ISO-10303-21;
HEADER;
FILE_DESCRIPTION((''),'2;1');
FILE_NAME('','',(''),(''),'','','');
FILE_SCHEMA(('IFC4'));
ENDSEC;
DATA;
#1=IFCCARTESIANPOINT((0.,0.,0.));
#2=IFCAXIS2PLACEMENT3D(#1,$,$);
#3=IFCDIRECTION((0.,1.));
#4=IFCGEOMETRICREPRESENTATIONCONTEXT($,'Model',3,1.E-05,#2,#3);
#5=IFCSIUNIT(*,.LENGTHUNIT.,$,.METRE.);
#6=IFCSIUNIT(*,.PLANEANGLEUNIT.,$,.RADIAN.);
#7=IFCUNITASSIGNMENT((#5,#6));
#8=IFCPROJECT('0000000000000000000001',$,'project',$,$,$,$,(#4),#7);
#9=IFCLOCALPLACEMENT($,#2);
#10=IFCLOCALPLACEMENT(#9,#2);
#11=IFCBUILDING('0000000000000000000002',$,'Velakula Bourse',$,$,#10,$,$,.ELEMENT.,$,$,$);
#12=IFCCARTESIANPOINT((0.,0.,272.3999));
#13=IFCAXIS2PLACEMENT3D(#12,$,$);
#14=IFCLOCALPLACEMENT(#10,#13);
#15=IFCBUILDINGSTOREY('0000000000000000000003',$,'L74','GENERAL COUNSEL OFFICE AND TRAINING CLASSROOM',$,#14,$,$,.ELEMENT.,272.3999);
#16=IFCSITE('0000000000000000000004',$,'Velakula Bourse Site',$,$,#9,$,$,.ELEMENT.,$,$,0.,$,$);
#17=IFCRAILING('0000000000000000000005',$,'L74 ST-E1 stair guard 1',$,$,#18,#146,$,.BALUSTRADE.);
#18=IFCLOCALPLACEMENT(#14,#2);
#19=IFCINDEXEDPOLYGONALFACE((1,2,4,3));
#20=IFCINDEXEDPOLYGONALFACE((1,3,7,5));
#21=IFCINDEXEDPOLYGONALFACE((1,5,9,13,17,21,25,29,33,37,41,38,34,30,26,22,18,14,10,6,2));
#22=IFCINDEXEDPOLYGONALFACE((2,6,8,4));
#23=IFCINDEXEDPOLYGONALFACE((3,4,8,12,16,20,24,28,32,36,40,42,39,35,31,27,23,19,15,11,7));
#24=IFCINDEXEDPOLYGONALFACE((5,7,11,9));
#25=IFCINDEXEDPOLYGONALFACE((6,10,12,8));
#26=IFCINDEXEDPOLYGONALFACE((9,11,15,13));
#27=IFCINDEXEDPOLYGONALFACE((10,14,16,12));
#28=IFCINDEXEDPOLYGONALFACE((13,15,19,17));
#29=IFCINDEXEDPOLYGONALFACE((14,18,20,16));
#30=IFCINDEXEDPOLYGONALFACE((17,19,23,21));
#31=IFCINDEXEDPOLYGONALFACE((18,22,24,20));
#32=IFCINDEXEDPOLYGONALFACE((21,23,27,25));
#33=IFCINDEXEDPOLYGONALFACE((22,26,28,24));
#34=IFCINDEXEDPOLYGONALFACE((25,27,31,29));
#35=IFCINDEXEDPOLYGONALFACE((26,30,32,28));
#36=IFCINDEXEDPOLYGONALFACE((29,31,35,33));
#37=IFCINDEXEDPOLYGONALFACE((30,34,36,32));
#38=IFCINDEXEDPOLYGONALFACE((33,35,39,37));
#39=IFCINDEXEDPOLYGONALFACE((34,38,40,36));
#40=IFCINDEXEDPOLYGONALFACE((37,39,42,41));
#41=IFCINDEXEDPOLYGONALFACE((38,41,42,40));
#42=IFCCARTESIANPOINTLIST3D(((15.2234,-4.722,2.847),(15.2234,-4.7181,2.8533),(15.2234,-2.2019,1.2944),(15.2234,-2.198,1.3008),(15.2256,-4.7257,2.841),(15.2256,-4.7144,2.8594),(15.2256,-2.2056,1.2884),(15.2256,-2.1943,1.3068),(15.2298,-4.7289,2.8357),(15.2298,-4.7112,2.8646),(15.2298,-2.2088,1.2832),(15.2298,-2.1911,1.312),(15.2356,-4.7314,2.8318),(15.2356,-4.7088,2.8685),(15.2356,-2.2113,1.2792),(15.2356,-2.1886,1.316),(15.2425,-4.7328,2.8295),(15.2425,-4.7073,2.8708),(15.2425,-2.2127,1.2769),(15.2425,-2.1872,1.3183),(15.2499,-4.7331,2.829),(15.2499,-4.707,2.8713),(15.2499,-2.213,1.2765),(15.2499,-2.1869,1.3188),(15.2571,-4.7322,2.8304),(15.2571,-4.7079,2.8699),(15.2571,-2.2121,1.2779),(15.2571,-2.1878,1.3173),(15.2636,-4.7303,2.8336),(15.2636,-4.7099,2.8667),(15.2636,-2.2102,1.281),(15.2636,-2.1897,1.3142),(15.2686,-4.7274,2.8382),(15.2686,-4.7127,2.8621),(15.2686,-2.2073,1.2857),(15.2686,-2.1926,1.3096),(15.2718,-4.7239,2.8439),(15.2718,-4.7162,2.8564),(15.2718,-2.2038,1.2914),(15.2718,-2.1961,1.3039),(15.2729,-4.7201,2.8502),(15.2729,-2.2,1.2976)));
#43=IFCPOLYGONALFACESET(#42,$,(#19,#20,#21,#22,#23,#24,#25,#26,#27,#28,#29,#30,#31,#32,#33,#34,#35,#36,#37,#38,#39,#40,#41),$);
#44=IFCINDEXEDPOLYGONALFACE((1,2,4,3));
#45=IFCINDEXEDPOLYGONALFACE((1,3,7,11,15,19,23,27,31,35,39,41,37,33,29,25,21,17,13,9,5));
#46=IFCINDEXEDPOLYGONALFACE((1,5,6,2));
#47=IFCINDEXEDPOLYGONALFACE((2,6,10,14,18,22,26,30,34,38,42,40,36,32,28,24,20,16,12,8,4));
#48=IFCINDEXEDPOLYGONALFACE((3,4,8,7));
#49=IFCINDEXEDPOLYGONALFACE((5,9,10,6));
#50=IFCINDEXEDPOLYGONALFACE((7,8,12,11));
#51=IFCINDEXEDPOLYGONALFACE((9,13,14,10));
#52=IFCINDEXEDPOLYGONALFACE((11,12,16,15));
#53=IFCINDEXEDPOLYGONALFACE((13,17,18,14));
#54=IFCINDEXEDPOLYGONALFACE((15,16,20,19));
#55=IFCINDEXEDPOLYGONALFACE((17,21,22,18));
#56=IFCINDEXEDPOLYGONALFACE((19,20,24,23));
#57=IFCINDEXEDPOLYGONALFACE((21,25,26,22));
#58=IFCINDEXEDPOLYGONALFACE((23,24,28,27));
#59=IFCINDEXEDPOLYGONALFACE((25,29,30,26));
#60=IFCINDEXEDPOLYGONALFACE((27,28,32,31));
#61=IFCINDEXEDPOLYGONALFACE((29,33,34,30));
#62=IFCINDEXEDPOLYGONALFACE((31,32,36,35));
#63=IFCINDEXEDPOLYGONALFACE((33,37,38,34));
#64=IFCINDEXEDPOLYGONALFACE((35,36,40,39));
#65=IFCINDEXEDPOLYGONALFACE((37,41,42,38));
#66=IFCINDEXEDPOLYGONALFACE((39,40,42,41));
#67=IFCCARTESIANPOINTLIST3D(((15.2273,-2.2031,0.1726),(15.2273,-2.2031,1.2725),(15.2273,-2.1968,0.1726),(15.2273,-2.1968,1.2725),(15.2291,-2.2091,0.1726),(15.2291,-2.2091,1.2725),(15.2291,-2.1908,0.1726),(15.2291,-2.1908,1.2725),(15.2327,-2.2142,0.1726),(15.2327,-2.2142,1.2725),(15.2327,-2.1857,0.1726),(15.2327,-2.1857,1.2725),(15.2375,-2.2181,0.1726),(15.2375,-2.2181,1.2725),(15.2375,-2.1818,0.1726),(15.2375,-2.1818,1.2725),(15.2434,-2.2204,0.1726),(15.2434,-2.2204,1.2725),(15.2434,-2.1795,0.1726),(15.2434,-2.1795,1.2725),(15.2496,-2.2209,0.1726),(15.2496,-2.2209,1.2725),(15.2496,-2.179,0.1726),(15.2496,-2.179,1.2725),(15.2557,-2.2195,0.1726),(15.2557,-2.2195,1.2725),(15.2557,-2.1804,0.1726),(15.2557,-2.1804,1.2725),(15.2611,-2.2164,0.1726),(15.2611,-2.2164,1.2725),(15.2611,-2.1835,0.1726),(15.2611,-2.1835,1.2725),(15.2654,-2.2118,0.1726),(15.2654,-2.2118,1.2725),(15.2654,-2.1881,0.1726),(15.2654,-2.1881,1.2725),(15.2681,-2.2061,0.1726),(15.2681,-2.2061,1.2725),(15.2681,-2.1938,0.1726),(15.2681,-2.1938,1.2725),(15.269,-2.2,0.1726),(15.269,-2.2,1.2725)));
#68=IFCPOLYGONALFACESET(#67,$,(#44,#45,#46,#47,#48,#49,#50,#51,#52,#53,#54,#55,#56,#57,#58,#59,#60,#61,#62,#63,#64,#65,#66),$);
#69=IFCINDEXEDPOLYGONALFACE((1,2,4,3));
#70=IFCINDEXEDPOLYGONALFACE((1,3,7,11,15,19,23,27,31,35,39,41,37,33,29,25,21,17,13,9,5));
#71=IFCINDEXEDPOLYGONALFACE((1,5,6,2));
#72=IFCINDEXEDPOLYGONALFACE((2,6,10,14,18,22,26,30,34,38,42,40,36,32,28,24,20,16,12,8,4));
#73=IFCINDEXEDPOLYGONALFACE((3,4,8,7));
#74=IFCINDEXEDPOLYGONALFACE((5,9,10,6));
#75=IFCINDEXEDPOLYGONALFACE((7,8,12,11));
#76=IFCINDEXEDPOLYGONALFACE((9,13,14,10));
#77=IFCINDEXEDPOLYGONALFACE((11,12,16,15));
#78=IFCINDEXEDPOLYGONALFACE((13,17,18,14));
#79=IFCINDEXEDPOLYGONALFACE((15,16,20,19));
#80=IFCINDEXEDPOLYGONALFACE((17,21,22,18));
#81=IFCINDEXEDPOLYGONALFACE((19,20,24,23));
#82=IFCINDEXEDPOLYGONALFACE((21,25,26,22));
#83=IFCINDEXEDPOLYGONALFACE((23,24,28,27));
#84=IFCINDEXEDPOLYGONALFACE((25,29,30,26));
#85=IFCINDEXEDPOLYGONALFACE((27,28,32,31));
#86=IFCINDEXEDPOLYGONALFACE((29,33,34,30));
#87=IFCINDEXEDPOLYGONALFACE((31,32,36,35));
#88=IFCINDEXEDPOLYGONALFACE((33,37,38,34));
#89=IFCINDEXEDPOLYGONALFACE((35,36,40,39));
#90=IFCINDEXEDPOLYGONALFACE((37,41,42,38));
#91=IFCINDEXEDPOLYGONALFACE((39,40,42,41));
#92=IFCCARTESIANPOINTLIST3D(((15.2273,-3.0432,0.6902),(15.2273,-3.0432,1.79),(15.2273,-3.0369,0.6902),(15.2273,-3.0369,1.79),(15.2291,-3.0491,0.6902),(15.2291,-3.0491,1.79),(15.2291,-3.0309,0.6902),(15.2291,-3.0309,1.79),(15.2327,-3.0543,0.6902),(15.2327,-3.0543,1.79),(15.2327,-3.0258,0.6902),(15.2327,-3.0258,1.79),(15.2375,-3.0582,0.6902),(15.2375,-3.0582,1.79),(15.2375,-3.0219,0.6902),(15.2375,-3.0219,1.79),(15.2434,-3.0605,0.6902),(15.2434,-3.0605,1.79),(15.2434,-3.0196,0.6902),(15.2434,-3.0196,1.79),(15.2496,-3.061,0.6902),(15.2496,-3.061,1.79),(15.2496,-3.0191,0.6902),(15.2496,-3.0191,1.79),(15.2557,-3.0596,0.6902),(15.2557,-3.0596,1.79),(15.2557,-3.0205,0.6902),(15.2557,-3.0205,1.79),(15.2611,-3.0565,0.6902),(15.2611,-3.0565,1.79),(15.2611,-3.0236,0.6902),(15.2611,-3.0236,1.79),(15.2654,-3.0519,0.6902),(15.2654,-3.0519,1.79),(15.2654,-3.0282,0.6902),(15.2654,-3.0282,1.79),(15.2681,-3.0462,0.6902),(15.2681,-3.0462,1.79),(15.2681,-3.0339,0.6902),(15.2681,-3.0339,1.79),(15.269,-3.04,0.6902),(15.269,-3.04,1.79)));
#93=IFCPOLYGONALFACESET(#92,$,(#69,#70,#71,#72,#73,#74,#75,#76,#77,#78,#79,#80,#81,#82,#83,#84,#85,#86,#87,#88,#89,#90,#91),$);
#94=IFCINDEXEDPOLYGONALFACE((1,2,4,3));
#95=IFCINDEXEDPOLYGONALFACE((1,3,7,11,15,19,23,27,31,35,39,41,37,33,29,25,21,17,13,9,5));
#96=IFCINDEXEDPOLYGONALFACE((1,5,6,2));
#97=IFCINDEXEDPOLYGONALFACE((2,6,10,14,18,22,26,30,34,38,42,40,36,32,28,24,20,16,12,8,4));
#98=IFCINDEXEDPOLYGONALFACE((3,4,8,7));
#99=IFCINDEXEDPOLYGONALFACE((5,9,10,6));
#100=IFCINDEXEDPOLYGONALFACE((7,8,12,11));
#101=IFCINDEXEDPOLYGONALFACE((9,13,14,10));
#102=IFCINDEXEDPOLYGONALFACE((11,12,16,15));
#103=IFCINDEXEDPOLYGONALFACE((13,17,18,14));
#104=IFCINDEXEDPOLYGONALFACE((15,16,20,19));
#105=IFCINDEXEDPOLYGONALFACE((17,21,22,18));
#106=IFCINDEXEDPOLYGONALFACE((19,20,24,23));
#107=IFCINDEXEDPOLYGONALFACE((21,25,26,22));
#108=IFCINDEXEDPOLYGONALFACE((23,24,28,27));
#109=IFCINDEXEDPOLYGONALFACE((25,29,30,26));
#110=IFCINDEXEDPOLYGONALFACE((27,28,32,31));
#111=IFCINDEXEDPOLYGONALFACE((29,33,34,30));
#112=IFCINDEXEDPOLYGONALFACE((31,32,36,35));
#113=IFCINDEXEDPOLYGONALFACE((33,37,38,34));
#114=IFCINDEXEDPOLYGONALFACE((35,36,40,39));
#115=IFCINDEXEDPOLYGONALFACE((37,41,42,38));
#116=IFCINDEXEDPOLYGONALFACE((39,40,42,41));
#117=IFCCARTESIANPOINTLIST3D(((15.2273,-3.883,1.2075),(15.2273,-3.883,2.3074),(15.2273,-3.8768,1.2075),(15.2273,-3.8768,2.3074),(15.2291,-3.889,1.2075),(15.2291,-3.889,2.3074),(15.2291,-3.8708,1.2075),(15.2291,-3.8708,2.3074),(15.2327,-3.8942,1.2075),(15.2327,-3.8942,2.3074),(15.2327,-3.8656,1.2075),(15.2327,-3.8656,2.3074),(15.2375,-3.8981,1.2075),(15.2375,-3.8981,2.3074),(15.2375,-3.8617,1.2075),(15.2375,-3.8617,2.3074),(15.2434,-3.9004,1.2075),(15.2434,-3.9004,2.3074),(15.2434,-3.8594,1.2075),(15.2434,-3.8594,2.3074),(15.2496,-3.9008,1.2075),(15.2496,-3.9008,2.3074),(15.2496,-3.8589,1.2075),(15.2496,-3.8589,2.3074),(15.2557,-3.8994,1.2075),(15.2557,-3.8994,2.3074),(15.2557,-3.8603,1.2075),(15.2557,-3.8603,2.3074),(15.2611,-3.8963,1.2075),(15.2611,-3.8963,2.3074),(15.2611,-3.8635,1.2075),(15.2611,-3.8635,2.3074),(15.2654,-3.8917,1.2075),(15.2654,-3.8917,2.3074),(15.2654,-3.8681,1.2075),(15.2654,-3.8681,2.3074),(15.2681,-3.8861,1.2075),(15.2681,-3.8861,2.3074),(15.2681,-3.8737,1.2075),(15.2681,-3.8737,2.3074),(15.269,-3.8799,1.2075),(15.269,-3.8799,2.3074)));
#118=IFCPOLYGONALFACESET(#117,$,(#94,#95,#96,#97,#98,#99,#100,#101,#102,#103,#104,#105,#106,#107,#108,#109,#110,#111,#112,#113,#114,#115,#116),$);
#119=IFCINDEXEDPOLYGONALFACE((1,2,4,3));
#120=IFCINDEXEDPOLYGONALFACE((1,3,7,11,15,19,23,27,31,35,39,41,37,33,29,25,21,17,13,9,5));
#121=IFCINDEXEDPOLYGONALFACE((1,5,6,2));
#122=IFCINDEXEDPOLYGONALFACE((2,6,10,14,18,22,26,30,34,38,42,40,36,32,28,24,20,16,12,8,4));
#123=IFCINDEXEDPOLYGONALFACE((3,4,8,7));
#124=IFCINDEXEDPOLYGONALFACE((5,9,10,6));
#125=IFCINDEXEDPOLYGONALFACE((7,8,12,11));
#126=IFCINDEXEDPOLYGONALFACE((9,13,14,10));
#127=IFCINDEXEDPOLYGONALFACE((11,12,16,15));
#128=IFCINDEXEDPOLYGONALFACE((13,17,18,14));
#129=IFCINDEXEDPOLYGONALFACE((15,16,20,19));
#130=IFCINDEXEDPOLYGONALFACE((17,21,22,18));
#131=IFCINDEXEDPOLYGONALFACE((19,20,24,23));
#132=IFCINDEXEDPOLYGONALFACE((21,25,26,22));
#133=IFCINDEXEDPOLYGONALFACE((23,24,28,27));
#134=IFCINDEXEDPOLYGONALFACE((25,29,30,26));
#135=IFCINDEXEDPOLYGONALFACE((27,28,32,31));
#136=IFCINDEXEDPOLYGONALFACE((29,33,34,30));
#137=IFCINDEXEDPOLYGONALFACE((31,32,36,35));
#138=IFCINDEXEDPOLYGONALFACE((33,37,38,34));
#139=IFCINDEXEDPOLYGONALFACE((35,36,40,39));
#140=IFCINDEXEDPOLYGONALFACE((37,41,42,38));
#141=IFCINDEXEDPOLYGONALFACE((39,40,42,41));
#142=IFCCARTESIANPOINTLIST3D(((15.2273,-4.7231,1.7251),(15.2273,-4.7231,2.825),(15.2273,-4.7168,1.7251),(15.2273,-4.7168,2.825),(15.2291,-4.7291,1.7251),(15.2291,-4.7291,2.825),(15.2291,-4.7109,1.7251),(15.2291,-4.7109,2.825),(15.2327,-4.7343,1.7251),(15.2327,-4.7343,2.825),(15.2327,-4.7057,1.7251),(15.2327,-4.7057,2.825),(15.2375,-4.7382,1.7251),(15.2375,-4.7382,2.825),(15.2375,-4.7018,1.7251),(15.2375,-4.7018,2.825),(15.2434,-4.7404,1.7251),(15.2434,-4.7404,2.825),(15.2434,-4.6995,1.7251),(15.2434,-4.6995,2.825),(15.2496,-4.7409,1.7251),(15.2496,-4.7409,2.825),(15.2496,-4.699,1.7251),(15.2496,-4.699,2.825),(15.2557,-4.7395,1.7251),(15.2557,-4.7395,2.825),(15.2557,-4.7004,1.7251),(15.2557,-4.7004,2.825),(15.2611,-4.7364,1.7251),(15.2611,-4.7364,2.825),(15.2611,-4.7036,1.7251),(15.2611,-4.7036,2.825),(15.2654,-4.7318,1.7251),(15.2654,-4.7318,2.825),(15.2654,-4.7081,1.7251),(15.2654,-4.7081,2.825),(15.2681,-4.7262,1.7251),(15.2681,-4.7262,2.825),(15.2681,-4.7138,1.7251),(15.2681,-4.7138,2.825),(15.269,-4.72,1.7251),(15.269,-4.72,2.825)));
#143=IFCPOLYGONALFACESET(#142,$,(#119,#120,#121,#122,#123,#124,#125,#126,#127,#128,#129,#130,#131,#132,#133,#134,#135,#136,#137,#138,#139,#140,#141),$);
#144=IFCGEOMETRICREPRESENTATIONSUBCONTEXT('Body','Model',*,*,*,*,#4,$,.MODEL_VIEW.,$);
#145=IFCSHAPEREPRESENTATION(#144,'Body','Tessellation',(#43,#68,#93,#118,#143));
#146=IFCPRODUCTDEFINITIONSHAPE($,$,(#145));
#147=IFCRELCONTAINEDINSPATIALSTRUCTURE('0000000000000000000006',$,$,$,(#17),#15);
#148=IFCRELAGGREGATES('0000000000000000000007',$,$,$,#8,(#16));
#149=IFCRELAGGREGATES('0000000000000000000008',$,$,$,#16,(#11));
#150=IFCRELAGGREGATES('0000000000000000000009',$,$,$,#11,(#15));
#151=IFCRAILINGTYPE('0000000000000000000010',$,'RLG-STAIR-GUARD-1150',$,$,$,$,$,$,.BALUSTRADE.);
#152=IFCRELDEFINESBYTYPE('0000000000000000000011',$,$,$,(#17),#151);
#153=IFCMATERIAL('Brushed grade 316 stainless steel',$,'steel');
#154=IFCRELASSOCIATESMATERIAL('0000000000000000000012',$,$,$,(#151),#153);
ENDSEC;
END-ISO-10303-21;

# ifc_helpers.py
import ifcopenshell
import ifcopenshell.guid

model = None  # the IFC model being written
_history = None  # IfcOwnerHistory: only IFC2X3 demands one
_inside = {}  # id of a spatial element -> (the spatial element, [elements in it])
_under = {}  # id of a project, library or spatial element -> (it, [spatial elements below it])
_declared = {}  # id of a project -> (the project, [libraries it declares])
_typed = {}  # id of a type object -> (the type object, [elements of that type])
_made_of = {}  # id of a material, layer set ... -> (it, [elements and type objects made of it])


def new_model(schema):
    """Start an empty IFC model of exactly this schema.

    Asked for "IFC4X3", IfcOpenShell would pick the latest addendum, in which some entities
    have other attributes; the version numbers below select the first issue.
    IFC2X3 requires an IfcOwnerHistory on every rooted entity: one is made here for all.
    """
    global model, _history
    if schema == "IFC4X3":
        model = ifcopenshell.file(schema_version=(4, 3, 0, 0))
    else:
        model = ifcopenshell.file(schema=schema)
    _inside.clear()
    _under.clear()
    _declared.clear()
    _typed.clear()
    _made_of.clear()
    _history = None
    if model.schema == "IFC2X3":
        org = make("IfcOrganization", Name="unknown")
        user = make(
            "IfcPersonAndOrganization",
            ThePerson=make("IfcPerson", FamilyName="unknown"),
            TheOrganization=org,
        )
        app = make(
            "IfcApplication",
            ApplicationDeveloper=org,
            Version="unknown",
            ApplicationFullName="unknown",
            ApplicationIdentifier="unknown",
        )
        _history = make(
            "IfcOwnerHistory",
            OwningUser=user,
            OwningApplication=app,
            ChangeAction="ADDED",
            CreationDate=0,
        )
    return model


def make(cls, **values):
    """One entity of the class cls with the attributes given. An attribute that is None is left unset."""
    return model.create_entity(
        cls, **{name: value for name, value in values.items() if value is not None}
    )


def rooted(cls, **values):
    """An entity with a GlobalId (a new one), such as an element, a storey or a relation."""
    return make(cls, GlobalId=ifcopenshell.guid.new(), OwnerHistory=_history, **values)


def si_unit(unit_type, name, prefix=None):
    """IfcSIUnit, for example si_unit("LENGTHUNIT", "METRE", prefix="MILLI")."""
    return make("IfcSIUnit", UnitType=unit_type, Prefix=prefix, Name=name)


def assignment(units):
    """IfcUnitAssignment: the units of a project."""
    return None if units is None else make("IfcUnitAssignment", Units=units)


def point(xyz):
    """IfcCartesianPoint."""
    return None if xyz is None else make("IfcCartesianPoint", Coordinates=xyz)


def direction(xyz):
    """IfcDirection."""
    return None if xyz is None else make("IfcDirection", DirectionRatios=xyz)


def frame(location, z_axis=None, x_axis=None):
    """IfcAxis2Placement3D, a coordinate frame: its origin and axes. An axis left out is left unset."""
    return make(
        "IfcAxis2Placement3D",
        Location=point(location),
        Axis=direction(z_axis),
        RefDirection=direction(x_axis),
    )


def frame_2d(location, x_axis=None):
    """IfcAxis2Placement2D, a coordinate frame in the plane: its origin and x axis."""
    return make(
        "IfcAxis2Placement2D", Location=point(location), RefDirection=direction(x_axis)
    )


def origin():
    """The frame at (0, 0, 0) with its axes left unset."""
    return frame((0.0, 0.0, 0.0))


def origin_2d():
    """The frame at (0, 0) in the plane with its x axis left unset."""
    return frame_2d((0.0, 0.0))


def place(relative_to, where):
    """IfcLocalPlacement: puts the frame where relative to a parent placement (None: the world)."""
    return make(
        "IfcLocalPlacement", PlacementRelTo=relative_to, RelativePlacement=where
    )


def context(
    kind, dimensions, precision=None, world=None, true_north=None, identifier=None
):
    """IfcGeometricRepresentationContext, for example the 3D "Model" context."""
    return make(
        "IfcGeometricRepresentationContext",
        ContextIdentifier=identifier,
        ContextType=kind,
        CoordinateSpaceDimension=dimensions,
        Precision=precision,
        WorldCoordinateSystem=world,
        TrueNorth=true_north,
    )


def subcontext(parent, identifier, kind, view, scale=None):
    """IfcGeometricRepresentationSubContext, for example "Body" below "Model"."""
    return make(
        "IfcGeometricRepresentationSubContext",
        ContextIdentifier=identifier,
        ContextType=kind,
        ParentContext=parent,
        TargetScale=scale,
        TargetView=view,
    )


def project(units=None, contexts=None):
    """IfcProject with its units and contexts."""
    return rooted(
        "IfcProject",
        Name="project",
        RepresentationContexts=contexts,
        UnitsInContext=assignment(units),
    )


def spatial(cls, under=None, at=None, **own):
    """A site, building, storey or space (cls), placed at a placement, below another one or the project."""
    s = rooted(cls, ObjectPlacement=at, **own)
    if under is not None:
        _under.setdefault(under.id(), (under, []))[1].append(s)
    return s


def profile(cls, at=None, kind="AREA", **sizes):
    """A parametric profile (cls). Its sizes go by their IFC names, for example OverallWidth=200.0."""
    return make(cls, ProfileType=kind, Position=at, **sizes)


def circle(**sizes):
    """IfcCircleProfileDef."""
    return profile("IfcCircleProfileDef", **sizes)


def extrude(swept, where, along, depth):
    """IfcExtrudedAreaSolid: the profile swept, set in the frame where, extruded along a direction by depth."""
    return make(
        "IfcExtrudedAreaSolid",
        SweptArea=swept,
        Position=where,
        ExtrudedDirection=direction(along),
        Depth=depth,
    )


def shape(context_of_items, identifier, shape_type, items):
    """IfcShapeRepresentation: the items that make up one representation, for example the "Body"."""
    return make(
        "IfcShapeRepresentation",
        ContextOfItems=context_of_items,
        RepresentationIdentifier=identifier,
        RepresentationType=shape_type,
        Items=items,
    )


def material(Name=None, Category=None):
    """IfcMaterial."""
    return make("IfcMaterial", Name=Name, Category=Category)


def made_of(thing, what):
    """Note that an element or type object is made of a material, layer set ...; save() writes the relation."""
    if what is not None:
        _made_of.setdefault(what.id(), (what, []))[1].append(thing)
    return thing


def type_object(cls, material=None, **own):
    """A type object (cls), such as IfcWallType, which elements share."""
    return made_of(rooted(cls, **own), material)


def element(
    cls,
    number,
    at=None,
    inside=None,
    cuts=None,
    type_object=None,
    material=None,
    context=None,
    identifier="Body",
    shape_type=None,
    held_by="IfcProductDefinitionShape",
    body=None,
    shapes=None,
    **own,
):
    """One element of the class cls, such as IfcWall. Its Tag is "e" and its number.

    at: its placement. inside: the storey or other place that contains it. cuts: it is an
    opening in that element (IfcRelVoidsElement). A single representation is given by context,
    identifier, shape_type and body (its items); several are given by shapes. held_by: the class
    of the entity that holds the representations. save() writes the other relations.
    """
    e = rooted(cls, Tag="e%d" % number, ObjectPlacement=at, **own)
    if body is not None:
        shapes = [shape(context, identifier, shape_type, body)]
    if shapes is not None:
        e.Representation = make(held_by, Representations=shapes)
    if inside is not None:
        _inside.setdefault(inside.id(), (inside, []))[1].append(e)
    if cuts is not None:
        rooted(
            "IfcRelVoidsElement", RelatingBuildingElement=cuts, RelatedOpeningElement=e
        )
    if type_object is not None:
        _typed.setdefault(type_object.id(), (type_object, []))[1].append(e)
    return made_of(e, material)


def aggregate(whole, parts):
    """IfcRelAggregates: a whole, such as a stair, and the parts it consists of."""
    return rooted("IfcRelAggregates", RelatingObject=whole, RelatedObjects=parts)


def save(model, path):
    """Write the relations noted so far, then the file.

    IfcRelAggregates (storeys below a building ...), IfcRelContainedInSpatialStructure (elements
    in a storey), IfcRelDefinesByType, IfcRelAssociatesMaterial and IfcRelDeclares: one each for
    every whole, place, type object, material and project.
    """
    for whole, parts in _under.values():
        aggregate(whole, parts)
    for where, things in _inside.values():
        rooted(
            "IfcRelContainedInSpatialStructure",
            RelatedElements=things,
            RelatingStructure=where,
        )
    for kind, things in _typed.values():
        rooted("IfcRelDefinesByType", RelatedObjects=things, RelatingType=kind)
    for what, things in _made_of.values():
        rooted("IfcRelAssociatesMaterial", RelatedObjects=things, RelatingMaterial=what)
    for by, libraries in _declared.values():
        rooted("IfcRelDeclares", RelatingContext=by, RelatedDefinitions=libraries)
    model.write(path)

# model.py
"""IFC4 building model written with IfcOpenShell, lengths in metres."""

from ifc_helpers import new_model, si_unit, direction, frame, origin, origin_2d, place, context, subcontext, project, spatial, circle, extrude, material, type_object, element, save


model = new_model("IFC4")

# Units and contexts
model_context = context("Model", 3, precision=1e-05, world=origin(), true_north=direction((0.0, 1.0)))
body_context = subcontext(model_context, "Body", "Model", "MODEL_VIEW")
ifc_project = project(units=[si_unit("LENGTHUNIT", "METRE"), si_unit("PLANEANGLEUNIT", "RADIAN")], contexts=[model_context])

# Site, building, storey
site_placement = place(None, origin())
site = spatial("IfcSite", under=ifc_project, at=site_placement, Name="Velakula Bourse Site", CompositionType="ELEMENT", RefElevation=0.0)
building_placement = place(site_placement, origin())
building = spatial("IfcBuilding", under=site, at=building_placement, Name="Velakula Bourse", CompositionType="ELEMENT")
storey_placement = place(building_placement, frame((0.0, 0.0, 272.3999)))
storey = spatial("IfcBuildingStorey", under=building, at=storey_placement, Name="L74", Description="GENERAL COUNSEL OFFICE AND TRAINING CLASSROOM", CompositionType="ELEMENT", Elevation=272.3999)

# Shared definitions
ifc_material_1 = material(Name="Brushed grade 316 stainless steel", Category="steel")

# Railing
railing_type_1 = type_object("IfcRailingType", Name="RLG-STAIR-GUARD-1150", PredefinedType="BALUSTRADE", material=ifc_material_1)
railing_1_placement = place(storey_placement, frame((15.248, -2.2, 0.1726)))
element("IfcRailing", 1, at=railing_1_placement, inside=storey, type_object=railing_type_1, Name="L74 ST-E1 stair guard 1", PredefinedType="BALUSTRADE", context=body_context, shape_type="SweptSolid", body=[
    extrude(circle(Radius=0.0249, at=origin_2d()), frame((0.0, 0.0, 1.125), z_axis=(0.0, -0.8514, 0.524516), x_axis=(1.0, 0.0, 0.0)), (0.0, 0.0, 1.0), 2.96),
    extrude(circle(Radius=0.021, at=origin_2d()), origin(), (0.0, 0.0, 1.0), 1.0999),
    extrude(circle(Radius=0.021, at=origin_2d()), frame((0.0, -0.8401, 0.5176)), (0.0, 0.0, 1.0), 1.0999),
    extrude(circle(Radius=0.021, at=origin_2d()), frame((0.0, -1.6799, 1.0349)), (0.0, 0.0, 1.0), 1.0999),
    extrude(circle(Radius=0.021, at=origin_2d()), frame((0.0, -2.52, 1.5525)), (0.0, 0.0, 1.0), 1.0999),
])

save(model, "model.ifc")
